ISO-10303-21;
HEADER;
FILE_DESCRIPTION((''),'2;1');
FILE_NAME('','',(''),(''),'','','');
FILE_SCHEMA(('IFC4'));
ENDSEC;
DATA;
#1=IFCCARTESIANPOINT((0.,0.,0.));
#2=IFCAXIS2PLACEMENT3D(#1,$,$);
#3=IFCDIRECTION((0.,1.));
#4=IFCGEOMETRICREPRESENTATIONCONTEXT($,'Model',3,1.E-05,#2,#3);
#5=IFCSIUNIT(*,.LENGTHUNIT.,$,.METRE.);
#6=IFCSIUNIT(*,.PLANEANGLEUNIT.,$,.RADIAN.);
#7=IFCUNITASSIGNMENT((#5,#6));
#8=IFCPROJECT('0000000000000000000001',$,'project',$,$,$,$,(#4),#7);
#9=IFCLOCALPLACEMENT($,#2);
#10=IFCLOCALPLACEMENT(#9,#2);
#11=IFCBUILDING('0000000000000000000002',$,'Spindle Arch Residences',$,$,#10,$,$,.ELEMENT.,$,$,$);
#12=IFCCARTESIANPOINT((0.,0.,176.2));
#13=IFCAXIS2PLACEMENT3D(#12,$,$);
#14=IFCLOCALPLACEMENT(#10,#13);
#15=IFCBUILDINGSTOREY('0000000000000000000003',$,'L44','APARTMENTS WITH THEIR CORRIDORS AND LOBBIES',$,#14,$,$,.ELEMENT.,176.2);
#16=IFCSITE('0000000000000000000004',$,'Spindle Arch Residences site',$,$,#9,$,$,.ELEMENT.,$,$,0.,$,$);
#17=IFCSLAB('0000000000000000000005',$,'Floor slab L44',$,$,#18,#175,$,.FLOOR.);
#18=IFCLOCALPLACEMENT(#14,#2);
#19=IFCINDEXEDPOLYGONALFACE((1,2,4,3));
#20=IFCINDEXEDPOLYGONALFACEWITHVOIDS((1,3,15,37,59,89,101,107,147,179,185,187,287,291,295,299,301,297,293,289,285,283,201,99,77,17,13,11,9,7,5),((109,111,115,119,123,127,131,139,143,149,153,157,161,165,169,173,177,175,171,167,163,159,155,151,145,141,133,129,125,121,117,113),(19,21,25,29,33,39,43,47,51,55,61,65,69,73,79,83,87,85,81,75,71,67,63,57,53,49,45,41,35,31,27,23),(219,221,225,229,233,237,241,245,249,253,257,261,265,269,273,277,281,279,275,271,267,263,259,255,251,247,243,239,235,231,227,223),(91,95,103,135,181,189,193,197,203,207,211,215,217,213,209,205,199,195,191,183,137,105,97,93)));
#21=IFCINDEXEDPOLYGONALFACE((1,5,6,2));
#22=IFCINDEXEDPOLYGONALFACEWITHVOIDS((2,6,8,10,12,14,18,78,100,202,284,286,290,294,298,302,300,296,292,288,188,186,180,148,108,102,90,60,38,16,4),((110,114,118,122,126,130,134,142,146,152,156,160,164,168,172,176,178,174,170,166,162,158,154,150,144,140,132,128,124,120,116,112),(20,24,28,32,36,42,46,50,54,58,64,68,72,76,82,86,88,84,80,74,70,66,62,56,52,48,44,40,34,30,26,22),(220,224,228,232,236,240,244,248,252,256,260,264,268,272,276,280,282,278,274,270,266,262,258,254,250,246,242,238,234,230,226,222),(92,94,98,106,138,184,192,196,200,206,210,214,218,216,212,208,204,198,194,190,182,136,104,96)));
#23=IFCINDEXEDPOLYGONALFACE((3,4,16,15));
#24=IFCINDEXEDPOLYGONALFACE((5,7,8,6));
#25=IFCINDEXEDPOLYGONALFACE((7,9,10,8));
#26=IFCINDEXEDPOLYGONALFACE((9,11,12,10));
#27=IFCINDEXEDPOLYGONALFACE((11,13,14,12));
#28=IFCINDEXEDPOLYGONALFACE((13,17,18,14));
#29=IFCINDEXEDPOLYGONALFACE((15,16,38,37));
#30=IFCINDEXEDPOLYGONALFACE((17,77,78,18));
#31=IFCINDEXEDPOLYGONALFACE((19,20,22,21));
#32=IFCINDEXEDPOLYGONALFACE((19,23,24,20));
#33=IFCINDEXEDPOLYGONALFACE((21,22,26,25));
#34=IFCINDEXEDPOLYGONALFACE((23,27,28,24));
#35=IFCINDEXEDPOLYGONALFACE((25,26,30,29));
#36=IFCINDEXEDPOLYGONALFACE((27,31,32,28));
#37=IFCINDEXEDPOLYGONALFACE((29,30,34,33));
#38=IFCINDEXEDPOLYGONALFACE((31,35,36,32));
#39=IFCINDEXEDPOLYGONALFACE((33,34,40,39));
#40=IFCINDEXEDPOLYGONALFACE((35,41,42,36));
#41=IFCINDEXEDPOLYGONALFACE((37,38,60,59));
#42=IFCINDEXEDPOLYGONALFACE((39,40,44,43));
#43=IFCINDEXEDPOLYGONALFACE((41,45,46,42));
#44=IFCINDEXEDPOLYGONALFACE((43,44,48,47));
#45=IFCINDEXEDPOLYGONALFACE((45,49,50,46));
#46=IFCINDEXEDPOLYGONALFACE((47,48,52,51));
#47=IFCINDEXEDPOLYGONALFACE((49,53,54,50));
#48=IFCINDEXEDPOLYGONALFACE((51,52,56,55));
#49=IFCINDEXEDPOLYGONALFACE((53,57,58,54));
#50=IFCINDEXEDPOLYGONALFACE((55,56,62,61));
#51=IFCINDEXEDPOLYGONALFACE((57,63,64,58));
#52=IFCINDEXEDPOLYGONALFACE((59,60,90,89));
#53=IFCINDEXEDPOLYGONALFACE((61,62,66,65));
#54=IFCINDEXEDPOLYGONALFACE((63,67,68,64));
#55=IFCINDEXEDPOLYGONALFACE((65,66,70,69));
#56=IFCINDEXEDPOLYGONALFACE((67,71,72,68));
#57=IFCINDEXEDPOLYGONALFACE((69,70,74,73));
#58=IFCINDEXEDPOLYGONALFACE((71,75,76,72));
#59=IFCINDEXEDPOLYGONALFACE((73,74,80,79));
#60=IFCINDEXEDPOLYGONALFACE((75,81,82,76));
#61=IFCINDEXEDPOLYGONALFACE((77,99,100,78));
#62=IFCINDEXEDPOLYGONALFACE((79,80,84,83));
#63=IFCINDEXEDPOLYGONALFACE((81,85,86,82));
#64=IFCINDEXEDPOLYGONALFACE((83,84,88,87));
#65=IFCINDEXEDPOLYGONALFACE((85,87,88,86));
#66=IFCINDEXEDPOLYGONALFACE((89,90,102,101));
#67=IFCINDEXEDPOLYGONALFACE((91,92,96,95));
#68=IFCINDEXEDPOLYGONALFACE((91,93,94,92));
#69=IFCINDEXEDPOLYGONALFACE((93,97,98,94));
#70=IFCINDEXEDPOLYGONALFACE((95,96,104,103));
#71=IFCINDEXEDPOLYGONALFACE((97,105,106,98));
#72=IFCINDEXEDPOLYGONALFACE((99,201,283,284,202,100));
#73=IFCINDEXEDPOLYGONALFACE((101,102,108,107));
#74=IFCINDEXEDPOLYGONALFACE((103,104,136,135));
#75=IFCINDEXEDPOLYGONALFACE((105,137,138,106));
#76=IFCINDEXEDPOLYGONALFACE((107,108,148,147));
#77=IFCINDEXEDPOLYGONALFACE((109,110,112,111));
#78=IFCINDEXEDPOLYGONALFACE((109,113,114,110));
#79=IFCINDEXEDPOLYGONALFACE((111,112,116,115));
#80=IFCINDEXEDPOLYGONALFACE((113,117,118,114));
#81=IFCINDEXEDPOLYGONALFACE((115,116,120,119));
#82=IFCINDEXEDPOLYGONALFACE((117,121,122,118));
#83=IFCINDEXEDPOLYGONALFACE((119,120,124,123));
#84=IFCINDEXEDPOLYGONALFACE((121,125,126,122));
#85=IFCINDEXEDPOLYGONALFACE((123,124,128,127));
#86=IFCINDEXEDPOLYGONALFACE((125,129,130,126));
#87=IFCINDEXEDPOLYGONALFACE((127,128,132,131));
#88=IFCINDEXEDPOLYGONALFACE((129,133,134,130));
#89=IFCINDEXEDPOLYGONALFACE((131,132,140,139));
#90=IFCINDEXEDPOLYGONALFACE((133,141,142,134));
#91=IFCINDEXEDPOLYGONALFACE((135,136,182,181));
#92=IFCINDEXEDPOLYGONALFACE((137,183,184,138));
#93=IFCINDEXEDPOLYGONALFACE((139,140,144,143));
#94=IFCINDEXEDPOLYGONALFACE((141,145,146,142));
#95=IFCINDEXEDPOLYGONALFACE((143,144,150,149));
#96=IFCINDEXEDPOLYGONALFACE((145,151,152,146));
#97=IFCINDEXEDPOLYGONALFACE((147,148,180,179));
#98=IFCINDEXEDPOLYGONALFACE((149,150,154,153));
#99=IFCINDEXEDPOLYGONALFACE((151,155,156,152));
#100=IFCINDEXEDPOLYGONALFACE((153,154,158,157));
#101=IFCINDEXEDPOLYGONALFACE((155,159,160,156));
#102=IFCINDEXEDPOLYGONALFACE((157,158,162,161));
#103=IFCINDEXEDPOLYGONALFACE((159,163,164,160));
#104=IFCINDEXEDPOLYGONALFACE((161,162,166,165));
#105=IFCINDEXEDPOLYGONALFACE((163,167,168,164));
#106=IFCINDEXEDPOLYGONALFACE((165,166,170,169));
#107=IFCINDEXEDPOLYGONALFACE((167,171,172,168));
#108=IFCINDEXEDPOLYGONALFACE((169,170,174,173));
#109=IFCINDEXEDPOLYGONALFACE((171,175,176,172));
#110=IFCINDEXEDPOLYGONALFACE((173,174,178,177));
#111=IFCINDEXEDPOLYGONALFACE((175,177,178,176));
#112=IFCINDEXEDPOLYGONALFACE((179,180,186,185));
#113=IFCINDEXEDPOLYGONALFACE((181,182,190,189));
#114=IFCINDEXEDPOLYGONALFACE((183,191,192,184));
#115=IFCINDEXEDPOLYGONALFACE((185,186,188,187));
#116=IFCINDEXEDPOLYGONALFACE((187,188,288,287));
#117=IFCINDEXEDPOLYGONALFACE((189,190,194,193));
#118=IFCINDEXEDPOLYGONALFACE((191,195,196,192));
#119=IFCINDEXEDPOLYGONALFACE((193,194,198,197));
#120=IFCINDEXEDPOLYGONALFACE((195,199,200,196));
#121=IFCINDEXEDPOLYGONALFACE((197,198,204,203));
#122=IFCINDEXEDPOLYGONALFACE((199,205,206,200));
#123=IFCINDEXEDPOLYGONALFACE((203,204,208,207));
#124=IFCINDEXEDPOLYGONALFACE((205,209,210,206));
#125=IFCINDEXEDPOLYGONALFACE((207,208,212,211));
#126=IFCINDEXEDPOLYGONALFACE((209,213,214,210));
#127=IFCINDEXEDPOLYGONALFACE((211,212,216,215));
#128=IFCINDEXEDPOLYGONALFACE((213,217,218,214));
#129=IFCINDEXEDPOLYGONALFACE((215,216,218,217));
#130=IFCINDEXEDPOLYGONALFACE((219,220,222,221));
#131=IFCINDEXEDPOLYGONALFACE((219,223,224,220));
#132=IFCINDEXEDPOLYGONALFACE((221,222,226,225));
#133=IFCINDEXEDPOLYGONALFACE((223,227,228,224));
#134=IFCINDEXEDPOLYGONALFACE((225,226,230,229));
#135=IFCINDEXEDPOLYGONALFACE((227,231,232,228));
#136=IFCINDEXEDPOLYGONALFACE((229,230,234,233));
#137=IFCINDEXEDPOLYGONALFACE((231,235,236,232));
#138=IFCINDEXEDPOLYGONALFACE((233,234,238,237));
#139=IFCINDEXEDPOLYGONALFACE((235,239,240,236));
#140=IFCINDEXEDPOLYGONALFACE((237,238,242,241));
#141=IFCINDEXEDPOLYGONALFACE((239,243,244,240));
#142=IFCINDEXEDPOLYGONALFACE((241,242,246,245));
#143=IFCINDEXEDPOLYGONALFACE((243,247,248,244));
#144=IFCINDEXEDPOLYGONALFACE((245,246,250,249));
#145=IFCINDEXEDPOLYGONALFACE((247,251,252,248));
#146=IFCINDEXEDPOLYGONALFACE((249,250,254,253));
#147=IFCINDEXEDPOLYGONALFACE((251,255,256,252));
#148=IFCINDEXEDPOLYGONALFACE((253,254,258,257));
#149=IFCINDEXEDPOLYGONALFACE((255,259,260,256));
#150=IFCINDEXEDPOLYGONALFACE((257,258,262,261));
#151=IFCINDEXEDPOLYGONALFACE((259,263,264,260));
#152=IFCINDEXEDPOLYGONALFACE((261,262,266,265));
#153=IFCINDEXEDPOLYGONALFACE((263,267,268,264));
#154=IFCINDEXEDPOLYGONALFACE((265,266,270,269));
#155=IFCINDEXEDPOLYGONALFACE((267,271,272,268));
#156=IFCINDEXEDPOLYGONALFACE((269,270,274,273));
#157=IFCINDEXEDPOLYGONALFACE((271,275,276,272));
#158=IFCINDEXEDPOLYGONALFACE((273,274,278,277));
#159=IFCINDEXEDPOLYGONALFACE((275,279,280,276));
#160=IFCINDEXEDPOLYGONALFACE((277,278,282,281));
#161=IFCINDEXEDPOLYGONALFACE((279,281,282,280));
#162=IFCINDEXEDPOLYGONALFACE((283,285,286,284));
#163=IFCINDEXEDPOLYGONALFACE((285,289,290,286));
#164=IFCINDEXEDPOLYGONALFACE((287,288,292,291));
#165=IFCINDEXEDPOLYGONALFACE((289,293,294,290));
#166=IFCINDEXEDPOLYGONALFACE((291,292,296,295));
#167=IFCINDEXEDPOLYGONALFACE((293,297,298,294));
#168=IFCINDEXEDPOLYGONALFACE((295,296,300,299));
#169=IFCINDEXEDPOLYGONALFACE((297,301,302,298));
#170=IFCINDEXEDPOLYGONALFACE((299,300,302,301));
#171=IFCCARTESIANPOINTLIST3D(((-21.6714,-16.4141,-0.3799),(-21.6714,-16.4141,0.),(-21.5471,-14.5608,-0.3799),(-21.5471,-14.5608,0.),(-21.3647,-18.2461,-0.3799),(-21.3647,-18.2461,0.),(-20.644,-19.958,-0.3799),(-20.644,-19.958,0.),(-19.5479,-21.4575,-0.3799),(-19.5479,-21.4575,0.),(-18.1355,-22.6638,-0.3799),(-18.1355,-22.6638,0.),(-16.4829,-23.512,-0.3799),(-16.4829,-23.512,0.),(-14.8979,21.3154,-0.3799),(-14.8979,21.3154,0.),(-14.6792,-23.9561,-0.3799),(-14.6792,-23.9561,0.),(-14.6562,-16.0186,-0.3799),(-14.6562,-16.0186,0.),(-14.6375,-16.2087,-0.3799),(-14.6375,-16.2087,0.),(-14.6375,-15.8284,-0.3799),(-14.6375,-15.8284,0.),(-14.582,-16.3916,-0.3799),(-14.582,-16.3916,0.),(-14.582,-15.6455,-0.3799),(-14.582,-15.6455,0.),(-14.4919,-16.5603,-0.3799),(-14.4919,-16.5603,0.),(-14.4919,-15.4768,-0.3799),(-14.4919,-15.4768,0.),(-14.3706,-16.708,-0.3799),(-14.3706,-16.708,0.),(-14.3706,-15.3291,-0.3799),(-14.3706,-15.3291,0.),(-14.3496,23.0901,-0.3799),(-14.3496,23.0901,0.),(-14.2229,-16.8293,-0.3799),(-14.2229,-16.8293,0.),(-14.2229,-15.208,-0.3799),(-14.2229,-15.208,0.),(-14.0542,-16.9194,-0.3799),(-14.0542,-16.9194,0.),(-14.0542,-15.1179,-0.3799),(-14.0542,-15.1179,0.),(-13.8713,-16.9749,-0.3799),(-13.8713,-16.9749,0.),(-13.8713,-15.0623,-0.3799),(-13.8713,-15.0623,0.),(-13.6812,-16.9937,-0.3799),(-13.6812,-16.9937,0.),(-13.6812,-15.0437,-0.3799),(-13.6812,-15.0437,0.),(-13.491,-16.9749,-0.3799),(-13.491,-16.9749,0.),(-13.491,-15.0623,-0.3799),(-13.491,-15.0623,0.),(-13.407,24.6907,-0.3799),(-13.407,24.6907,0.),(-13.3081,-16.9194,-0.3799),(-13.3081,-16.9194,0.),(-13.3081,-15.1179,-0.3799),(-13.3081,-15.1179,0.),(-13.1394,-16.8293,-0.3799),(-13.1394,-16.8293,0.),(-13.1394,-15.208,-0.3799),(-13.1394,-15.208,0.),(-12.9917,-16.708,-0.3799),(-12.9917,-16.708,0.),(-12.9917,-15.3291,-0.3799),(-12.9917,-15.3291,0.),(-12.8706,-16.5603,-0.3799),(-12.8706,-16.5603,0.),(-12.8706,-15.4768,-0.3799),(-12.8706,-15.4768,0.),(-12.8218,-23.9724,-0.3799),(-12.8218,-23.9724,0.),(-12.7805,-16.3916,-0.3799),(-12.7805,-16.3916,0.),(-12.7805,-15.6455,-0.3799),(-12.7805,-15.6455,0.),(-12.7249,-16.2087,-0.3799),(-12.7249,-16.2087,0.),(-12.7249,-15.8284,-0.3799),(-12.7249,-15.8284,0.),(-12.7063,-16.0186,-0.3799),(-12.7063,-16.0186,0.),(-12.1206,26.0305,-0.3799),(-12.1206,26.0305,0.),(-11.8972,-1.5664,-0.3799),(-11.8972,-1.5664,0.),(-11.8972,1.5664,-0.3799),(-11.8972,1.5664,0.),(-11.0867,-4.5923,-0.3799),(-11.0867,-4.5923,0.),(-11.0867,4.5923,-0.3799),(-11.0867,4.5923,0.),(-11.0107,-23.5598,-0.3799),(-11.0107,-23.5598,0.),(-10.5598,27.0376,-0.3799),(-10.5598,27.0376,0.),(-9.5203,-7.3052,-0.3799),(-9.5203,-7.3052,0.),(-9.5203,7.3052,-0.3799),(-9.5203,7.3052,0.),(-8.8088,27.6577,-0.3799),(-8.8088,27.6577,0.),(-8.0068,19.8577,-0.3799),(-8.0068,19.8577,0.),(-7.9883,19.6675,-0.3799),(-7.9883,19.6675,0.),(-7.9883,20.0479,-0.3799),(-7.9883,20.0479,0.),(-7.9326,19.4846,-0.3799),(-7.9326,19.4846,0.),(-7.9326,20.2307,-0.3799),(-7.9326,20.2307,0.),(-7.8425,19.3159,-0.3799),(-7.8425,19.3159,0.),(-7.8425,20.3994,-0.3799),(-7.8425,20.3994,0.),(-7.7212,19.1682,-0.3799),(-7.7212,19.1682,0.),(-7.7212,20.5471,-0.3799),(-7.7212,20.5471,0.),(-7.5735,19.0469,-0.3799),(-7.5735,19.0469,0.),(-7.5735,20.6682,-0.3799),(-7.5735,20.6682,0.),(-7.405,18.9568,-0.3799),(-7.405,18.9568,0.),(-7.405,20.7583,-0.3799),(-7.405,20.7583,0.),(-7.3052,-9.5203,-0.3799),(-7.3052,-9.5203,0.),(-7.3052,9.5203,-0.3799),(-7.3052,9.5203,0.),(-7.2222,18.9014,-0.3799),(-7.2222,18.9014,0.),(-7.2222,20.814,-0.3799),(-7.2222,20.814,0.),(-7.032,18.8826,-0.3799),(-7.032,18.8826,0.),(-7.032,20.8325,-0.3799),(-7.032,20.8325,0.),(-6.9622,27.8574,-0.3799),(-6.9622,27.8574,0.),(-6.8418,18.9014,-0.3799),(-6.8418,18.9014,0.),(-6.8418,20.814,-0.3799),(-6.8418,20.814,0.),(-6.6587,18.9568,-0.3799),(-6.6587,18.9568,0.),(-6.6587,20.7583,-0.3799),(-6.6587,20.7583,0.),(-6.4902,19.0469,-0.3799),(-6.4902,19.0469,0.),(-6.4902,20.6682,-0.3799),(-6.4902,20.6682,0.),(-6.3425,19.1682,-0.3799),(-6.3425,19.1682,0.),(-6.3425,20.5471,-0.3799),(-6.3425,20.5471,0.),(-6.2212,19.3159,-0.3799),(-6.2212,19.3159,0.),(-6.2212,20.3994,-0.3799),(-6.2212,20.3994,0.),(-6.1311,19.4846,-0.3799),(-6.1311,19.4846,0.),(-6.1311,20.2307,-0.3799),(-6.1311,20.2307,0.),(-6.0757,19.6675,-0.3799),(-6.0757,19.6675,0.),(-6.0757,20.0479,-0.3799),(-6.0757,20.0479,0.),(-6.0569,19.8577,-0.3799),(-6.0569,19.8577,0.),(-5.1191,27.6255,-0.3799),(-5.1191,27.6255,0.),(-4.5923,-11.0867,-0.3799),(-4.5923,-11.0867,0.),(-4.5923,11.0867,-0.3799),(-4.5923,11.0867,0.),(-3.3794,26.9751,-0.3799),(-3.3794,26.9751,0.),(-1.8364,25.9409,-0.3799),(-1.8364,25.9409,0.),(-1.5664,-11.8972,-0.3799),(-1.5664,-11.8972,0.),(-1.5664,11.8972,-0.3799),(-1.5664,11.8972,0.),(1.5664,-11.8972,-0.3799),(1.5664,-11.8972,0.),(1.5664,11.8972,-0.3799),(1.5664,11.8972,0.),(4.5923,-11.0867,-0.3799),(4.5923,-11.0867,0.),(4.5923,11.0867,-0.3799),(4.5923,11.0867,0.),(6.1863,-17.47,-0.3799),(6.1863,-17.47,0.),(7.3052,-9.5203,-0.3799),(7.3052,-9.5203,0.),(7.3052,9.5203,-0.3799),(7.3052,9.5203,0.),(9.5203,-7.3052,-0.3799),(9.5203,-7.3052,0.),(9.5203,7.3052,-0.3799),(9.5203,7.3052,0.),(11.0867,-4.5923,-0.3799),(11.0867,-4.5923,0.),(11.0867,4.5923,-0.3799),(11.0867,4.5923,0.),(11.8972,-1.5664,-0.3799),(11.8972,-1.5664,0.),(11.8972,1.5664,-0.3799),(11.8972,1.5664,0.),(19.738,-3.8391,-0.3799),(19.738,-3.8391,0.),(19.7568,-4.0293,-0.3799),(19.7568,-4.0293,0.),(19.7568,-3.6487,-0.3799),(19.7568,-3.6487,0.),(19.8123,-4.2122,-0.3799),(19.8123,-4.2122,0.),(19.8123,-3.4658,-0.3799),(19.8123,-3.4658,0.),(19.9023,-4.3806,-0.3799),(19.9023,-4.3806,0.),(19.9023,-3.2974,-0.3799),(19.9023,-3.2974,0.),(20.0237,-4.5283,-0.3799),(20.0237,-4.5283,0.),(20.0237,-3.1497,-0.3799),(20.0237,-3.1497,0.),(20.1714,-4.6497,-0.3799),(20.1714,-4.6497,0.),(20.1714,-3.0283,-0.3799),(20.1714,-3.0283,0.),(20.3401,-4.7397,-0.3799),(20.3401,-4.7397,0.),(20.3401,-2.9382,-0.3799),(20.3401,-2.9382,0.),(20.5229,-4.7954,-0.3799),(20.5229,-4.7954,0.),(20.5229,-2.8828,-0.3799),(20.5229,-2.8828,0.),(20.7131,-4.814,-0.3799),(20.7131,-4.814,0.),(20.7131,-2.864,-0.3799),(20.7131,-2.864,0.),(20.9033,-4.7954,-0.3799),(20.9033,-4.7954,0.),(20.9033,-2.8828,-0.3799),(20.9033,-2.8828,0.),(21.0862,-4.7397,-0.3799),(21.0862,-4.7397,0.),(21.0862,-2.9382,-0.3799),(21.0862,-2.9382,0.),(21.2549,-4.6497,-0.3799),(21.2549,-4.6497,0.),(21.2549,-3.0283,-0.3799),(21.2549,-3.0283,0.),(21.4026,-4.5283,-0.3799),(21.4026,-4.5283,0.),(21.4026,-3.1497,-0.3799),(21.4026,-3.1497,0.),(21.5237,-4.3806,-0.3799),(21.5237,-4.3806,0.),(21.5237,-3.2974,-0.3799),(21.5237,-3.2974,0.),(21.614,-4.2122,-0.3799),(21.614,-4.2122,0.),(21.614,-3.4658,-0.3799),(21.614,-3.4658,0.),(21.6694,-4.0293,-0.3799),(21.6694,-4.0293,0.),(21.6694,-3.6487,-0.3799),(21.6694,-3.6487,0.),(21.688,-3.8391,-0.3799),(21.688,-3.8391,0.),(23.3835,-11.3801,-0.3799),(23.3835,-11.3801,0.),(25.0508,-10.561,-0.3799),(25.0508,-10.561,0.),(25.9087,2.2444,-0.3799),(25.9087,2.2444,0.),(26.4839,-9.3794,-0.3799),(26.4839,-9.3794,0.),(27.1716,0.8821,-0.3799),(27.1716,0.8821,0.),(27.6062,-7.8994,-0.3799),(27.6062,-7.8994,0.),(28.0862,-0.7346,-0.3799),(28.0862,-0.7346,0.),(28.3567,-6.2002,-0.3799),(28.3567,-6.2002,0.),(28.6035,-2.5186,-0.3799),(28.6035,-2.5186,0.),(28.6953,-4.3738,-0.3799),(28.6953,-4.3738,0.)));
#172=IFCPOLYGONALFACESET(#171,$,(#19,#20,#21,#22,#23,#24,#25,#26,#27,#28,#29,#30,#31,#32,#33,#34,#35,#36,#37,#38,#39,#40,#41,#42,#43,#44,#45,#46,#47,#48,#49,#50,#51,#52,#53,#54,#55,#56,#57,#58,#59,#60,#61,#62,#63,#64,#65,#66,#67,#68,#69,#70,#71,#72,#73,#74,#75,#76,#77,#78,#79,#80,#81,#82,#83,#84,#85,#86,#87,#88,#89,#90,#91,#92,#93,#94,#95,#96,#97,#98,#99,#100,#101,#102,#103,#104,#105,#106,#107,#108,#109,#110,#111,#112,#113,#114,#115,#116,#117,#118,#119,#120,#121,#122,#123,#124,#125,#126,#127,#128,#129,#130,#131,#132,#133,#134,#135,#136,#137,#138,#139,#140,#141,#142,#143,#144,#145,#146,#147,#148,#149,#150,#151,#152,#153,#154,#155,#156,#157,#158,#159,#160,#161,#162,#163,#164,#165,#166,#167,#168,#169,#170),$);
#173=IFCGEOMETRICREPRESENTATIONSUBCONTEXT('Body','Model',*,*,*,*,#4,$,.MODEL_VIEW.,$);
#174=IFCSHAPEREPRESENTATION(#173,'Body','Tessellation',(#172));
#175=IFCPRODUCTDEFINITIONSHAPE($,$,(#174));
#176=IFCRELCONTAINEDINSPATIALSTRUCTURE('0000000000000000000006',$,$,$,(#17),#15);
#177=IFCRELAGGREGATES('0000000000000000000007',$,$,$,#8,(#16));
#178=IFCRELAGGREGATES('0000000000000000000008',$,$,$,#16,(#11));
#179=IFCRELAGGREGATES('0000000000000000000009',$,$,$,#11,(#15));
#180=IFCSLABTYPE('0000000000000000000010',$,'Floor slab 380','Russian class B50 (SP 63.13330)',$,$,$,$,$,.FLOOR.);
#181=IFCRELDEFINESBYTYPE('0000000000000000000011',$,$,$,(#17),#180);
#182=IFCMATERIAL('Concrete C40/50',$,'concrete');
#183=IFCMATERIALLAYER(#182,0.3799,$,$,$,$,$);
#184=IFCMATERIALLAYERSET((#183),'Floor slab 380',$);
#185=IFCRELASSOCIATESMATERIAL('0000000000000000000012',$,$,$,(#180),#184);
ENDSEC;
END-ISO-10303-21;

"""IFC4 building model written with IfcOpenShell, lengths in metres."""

from ifc_helpers import new_model, si_unit, direction, frame, origin, place, context, subcontext, project, spatial, polyline, outline, extrude, material, layer, layer_set, type_object, element, save


model = new_model("IFC4")

# Units and contexts
model_context = context("Model", 3, precision=1e-05, world=origin(), true_north=direction((0.0, 1.0)))
body_context = subcontext(model_context, "Body", "Model", "MODEL_VIEW")
ifc_project = project(units=[si_unit("LENGTHUNIT", "METRE"), si_unit("PLANEANGLEUNIT", "RADIAN")], contexts=[model_context])

# Site, building, storey
site_placement = place(None, origin())
site = spatial("IfcSite", under=ifc_project, at=site_placement, Name="Spindle Arch Residences site", CompositionType="ELEMENT", RefElevation=0.0)
building_placement = place(site_placement, origin())
building = spatial("IfcBuilding", under=site, at=building_placement, Name="Spindle Arch Residences", CompositionType="ELEMENT")
storey_placement = place(building_placement, frame((0.0, 0.0, 176.2)))
storey = spatial("IfcBuildingStorey", under=building, at=storey_placement, Name="L44", Description="APARTMENTS WITH THEIR CORRIDORS AND LOBBIES", CompositionType="ELEMENT", Elevation=176.2)

# Slab
ifc_material_1 = material(Name="Concrete C40/50", Category="concrete")
ifc_layer_1 = layer(ifc_material_1, 0.3799)
ifc_layer_set_1 = layer_set([ifc_layer_1], Name="Floor slab 380")
slab_type_1 = type_object("IfcSlabType", Name="Floor slab 380", Description="Russian class B50 (SP 63.13330)", PredefinedType="FLOOR", material=ifc_layer_set_1)
slab_1_placement = place(storey_placement, frame((0.0, 0.0, -0.3799)))
element("IfcSlab", 1, at=slab_1_placement, inside=storey, type_object=slab_type_1, Name="Floor slab L44", PredefinedType="FLOOR", context=body_context, shape_type="SweptSolid", body=[
    extrude(outline(polyline([(-12.8218, -23.9724), (-14.6792, -23.9561), (-16.4829, -23.512), (-18.1355, -22.6638), (-19.5479, -21.4575), (-20.644, -19.958), (-21.3647, -18.2461), (-21.6714, -16.4141), (-21.5471, -14.5608), (-14.8979, 21.3154), (-14.3496, 23.0901), (-13.407, 24.6907), (-12.1206, 26.0305), (-10.5598, 27.0376), (-8.8088, 27.6577), (-6.9622, 27.8574), (-5.1191, 27.6255), (-3.3794, 26.9751), (-1.8364, 25.9409), (25.9087, 2.2444), (27.1716, 0.8821), (28.0862, -0.7346), (28.6035, -2.5186), (28.6953, -4.3738), (28.3567, -6.2002), (27.6062, -7.8994), (26.4839, -9.3794), (25.0508, -10.561), (23.3835, -11.3801), (6.1863, -17.47), (-11.0107, -23.5598), (-12.8218, -23.9724)]), holes=[polyline([(7.3052, -9.5203), (9.5203, -7.3052), (11.0867, -4.5923), (11.8972, -1.5664), (11.8972, 1.5664), (11.0867, 4.5923), (9.5203, 7.3052), (7.3052, 9.5203), (4.5923, 11.0867), (1.5664, 11.8972), (-1.5664, 11.8972), (-4.5923, 11.0867), (-7.3052, 9.5203), (-9.5203, 7.3052), (-11.0867, 4.5923), (-11.8972, 1.5664), (-11.8972, -1.5664), (-11.0867, -4.5923), (-9.5203, -7.3052), (-7.3052, -9.5203), (-4.5923, -11.0867), (-1.5664, -11.8972), (1.5664, -11.8972), (4.5923, -11.0867), (7.3052, -9.5203)]), polyline([(-12.9917, -16.708), (-12.8706, -16.5603), (-12.7805, -16.3916), (-12.7249, -16.2087), (-12.7063, -16.0186), (-12.7249, -15.8284), (-12.7805, -15.6455), (-12.8706, -15.4768), (-12.9917, -15.3291), (-13.1394, -15.208), (-13.3081, -15.1179), (-13.491, -15.0623), (-13.6812, -15.0437), (-13.8713, -15.0623), (-14.0542, -15.1179), (-14.2229, -15.208), (-14.3706, -15.3291), (-14.4919, -15.4768), (-14.582, -15.6455), (-14.6375, -15.8284), (-14.6562, -16.0186), (-14.6375, -16.2087), (-14.582, -16.3916), (-14.4919, -16.5603), (-14.3706, -16.708), (-14.2229, -16.8293), (-14.0542, -16.9194), (-13.8713, -16.9749), (-13.6812, -16.9937), (-13.491, -16.9749), (-13.3081, -16.9194), (-13.1394, -16.8293), (-12.9917, -16.708)]), polyline([(-6.2212, 19.3159), (-6.1311, 19.4846), (-6.0757, 19.6675), (-6.0569, 19.8577), (-6.0757, 20.0479), (-6.1311, 20.2307), (-6.2212, 20.3994), (-6.3425, 20.5471), (-6.4902, 20.6682), (-6.6587, 20.7583), (-6.8418, 20.814), (-7.032, 20.8325), (-7.2222, 20.814), (-7.405, 20.7583), (-7.5735, 20.6682), (-7.7212, 20.5471), (-7.8425, 20.3994), (-7.9326, 20.2307), (-7.9883, 20.0479), (-8.0068, 19.8577), (-7.9883, 19.6675), (-7.9326, 19.4846), (-7.8425, 19.3159), (-7.7212, 19.1682), (-7.5735, 19.0469), (-7.405, 18.9568), (-7.2222, 18.9014), (-7.032, 18.8826), (-6.8418, 18.9014), (-6.6587, 18.9568), (-6.4902, 19.0469), (-6.3425, 19.1682), (-6.2212, 19.3159)]), polyline([(21.5237, -4.3806), (21.614, -4.2122), (21.6694, -4.0293), (21.688, -3.8391), (21.6694, -3.6487), (21.614, -3.4658), (21.5237, -3.2974), (21.4026, -3.1497), (21.2549, -3.0283), (21.0862, -2.9382), (20.9033, -2.8828), (20.7131, -2.864), (20.5229, -2.8828), (20.3401, -2.9382), (20.1714, -3.0283), (20.0237, -3.1497), (19.9023, -3.2974), (19.8123, -3.4658), (19.7568, -3.6487), (19.738, -3.8391), (19.7568, -4.0293), (19.8123, -4.2122), (19.9023, -4.3806), (20.0237, -4.5283), (20.1714, -4.6497), (20.3401, -4.7397), (20.5229, -4.7954), (20.7131, -4.814), (20.9033, -4.7954), (21.0862, -4.7397), (21.2549, -4.6497), (21.4026, -4.5283), (21.5237, -4.3806)])]), origin(), (0.0, 0.0, 1.0), 0.3799),
])

save(model, "model.ifc")
